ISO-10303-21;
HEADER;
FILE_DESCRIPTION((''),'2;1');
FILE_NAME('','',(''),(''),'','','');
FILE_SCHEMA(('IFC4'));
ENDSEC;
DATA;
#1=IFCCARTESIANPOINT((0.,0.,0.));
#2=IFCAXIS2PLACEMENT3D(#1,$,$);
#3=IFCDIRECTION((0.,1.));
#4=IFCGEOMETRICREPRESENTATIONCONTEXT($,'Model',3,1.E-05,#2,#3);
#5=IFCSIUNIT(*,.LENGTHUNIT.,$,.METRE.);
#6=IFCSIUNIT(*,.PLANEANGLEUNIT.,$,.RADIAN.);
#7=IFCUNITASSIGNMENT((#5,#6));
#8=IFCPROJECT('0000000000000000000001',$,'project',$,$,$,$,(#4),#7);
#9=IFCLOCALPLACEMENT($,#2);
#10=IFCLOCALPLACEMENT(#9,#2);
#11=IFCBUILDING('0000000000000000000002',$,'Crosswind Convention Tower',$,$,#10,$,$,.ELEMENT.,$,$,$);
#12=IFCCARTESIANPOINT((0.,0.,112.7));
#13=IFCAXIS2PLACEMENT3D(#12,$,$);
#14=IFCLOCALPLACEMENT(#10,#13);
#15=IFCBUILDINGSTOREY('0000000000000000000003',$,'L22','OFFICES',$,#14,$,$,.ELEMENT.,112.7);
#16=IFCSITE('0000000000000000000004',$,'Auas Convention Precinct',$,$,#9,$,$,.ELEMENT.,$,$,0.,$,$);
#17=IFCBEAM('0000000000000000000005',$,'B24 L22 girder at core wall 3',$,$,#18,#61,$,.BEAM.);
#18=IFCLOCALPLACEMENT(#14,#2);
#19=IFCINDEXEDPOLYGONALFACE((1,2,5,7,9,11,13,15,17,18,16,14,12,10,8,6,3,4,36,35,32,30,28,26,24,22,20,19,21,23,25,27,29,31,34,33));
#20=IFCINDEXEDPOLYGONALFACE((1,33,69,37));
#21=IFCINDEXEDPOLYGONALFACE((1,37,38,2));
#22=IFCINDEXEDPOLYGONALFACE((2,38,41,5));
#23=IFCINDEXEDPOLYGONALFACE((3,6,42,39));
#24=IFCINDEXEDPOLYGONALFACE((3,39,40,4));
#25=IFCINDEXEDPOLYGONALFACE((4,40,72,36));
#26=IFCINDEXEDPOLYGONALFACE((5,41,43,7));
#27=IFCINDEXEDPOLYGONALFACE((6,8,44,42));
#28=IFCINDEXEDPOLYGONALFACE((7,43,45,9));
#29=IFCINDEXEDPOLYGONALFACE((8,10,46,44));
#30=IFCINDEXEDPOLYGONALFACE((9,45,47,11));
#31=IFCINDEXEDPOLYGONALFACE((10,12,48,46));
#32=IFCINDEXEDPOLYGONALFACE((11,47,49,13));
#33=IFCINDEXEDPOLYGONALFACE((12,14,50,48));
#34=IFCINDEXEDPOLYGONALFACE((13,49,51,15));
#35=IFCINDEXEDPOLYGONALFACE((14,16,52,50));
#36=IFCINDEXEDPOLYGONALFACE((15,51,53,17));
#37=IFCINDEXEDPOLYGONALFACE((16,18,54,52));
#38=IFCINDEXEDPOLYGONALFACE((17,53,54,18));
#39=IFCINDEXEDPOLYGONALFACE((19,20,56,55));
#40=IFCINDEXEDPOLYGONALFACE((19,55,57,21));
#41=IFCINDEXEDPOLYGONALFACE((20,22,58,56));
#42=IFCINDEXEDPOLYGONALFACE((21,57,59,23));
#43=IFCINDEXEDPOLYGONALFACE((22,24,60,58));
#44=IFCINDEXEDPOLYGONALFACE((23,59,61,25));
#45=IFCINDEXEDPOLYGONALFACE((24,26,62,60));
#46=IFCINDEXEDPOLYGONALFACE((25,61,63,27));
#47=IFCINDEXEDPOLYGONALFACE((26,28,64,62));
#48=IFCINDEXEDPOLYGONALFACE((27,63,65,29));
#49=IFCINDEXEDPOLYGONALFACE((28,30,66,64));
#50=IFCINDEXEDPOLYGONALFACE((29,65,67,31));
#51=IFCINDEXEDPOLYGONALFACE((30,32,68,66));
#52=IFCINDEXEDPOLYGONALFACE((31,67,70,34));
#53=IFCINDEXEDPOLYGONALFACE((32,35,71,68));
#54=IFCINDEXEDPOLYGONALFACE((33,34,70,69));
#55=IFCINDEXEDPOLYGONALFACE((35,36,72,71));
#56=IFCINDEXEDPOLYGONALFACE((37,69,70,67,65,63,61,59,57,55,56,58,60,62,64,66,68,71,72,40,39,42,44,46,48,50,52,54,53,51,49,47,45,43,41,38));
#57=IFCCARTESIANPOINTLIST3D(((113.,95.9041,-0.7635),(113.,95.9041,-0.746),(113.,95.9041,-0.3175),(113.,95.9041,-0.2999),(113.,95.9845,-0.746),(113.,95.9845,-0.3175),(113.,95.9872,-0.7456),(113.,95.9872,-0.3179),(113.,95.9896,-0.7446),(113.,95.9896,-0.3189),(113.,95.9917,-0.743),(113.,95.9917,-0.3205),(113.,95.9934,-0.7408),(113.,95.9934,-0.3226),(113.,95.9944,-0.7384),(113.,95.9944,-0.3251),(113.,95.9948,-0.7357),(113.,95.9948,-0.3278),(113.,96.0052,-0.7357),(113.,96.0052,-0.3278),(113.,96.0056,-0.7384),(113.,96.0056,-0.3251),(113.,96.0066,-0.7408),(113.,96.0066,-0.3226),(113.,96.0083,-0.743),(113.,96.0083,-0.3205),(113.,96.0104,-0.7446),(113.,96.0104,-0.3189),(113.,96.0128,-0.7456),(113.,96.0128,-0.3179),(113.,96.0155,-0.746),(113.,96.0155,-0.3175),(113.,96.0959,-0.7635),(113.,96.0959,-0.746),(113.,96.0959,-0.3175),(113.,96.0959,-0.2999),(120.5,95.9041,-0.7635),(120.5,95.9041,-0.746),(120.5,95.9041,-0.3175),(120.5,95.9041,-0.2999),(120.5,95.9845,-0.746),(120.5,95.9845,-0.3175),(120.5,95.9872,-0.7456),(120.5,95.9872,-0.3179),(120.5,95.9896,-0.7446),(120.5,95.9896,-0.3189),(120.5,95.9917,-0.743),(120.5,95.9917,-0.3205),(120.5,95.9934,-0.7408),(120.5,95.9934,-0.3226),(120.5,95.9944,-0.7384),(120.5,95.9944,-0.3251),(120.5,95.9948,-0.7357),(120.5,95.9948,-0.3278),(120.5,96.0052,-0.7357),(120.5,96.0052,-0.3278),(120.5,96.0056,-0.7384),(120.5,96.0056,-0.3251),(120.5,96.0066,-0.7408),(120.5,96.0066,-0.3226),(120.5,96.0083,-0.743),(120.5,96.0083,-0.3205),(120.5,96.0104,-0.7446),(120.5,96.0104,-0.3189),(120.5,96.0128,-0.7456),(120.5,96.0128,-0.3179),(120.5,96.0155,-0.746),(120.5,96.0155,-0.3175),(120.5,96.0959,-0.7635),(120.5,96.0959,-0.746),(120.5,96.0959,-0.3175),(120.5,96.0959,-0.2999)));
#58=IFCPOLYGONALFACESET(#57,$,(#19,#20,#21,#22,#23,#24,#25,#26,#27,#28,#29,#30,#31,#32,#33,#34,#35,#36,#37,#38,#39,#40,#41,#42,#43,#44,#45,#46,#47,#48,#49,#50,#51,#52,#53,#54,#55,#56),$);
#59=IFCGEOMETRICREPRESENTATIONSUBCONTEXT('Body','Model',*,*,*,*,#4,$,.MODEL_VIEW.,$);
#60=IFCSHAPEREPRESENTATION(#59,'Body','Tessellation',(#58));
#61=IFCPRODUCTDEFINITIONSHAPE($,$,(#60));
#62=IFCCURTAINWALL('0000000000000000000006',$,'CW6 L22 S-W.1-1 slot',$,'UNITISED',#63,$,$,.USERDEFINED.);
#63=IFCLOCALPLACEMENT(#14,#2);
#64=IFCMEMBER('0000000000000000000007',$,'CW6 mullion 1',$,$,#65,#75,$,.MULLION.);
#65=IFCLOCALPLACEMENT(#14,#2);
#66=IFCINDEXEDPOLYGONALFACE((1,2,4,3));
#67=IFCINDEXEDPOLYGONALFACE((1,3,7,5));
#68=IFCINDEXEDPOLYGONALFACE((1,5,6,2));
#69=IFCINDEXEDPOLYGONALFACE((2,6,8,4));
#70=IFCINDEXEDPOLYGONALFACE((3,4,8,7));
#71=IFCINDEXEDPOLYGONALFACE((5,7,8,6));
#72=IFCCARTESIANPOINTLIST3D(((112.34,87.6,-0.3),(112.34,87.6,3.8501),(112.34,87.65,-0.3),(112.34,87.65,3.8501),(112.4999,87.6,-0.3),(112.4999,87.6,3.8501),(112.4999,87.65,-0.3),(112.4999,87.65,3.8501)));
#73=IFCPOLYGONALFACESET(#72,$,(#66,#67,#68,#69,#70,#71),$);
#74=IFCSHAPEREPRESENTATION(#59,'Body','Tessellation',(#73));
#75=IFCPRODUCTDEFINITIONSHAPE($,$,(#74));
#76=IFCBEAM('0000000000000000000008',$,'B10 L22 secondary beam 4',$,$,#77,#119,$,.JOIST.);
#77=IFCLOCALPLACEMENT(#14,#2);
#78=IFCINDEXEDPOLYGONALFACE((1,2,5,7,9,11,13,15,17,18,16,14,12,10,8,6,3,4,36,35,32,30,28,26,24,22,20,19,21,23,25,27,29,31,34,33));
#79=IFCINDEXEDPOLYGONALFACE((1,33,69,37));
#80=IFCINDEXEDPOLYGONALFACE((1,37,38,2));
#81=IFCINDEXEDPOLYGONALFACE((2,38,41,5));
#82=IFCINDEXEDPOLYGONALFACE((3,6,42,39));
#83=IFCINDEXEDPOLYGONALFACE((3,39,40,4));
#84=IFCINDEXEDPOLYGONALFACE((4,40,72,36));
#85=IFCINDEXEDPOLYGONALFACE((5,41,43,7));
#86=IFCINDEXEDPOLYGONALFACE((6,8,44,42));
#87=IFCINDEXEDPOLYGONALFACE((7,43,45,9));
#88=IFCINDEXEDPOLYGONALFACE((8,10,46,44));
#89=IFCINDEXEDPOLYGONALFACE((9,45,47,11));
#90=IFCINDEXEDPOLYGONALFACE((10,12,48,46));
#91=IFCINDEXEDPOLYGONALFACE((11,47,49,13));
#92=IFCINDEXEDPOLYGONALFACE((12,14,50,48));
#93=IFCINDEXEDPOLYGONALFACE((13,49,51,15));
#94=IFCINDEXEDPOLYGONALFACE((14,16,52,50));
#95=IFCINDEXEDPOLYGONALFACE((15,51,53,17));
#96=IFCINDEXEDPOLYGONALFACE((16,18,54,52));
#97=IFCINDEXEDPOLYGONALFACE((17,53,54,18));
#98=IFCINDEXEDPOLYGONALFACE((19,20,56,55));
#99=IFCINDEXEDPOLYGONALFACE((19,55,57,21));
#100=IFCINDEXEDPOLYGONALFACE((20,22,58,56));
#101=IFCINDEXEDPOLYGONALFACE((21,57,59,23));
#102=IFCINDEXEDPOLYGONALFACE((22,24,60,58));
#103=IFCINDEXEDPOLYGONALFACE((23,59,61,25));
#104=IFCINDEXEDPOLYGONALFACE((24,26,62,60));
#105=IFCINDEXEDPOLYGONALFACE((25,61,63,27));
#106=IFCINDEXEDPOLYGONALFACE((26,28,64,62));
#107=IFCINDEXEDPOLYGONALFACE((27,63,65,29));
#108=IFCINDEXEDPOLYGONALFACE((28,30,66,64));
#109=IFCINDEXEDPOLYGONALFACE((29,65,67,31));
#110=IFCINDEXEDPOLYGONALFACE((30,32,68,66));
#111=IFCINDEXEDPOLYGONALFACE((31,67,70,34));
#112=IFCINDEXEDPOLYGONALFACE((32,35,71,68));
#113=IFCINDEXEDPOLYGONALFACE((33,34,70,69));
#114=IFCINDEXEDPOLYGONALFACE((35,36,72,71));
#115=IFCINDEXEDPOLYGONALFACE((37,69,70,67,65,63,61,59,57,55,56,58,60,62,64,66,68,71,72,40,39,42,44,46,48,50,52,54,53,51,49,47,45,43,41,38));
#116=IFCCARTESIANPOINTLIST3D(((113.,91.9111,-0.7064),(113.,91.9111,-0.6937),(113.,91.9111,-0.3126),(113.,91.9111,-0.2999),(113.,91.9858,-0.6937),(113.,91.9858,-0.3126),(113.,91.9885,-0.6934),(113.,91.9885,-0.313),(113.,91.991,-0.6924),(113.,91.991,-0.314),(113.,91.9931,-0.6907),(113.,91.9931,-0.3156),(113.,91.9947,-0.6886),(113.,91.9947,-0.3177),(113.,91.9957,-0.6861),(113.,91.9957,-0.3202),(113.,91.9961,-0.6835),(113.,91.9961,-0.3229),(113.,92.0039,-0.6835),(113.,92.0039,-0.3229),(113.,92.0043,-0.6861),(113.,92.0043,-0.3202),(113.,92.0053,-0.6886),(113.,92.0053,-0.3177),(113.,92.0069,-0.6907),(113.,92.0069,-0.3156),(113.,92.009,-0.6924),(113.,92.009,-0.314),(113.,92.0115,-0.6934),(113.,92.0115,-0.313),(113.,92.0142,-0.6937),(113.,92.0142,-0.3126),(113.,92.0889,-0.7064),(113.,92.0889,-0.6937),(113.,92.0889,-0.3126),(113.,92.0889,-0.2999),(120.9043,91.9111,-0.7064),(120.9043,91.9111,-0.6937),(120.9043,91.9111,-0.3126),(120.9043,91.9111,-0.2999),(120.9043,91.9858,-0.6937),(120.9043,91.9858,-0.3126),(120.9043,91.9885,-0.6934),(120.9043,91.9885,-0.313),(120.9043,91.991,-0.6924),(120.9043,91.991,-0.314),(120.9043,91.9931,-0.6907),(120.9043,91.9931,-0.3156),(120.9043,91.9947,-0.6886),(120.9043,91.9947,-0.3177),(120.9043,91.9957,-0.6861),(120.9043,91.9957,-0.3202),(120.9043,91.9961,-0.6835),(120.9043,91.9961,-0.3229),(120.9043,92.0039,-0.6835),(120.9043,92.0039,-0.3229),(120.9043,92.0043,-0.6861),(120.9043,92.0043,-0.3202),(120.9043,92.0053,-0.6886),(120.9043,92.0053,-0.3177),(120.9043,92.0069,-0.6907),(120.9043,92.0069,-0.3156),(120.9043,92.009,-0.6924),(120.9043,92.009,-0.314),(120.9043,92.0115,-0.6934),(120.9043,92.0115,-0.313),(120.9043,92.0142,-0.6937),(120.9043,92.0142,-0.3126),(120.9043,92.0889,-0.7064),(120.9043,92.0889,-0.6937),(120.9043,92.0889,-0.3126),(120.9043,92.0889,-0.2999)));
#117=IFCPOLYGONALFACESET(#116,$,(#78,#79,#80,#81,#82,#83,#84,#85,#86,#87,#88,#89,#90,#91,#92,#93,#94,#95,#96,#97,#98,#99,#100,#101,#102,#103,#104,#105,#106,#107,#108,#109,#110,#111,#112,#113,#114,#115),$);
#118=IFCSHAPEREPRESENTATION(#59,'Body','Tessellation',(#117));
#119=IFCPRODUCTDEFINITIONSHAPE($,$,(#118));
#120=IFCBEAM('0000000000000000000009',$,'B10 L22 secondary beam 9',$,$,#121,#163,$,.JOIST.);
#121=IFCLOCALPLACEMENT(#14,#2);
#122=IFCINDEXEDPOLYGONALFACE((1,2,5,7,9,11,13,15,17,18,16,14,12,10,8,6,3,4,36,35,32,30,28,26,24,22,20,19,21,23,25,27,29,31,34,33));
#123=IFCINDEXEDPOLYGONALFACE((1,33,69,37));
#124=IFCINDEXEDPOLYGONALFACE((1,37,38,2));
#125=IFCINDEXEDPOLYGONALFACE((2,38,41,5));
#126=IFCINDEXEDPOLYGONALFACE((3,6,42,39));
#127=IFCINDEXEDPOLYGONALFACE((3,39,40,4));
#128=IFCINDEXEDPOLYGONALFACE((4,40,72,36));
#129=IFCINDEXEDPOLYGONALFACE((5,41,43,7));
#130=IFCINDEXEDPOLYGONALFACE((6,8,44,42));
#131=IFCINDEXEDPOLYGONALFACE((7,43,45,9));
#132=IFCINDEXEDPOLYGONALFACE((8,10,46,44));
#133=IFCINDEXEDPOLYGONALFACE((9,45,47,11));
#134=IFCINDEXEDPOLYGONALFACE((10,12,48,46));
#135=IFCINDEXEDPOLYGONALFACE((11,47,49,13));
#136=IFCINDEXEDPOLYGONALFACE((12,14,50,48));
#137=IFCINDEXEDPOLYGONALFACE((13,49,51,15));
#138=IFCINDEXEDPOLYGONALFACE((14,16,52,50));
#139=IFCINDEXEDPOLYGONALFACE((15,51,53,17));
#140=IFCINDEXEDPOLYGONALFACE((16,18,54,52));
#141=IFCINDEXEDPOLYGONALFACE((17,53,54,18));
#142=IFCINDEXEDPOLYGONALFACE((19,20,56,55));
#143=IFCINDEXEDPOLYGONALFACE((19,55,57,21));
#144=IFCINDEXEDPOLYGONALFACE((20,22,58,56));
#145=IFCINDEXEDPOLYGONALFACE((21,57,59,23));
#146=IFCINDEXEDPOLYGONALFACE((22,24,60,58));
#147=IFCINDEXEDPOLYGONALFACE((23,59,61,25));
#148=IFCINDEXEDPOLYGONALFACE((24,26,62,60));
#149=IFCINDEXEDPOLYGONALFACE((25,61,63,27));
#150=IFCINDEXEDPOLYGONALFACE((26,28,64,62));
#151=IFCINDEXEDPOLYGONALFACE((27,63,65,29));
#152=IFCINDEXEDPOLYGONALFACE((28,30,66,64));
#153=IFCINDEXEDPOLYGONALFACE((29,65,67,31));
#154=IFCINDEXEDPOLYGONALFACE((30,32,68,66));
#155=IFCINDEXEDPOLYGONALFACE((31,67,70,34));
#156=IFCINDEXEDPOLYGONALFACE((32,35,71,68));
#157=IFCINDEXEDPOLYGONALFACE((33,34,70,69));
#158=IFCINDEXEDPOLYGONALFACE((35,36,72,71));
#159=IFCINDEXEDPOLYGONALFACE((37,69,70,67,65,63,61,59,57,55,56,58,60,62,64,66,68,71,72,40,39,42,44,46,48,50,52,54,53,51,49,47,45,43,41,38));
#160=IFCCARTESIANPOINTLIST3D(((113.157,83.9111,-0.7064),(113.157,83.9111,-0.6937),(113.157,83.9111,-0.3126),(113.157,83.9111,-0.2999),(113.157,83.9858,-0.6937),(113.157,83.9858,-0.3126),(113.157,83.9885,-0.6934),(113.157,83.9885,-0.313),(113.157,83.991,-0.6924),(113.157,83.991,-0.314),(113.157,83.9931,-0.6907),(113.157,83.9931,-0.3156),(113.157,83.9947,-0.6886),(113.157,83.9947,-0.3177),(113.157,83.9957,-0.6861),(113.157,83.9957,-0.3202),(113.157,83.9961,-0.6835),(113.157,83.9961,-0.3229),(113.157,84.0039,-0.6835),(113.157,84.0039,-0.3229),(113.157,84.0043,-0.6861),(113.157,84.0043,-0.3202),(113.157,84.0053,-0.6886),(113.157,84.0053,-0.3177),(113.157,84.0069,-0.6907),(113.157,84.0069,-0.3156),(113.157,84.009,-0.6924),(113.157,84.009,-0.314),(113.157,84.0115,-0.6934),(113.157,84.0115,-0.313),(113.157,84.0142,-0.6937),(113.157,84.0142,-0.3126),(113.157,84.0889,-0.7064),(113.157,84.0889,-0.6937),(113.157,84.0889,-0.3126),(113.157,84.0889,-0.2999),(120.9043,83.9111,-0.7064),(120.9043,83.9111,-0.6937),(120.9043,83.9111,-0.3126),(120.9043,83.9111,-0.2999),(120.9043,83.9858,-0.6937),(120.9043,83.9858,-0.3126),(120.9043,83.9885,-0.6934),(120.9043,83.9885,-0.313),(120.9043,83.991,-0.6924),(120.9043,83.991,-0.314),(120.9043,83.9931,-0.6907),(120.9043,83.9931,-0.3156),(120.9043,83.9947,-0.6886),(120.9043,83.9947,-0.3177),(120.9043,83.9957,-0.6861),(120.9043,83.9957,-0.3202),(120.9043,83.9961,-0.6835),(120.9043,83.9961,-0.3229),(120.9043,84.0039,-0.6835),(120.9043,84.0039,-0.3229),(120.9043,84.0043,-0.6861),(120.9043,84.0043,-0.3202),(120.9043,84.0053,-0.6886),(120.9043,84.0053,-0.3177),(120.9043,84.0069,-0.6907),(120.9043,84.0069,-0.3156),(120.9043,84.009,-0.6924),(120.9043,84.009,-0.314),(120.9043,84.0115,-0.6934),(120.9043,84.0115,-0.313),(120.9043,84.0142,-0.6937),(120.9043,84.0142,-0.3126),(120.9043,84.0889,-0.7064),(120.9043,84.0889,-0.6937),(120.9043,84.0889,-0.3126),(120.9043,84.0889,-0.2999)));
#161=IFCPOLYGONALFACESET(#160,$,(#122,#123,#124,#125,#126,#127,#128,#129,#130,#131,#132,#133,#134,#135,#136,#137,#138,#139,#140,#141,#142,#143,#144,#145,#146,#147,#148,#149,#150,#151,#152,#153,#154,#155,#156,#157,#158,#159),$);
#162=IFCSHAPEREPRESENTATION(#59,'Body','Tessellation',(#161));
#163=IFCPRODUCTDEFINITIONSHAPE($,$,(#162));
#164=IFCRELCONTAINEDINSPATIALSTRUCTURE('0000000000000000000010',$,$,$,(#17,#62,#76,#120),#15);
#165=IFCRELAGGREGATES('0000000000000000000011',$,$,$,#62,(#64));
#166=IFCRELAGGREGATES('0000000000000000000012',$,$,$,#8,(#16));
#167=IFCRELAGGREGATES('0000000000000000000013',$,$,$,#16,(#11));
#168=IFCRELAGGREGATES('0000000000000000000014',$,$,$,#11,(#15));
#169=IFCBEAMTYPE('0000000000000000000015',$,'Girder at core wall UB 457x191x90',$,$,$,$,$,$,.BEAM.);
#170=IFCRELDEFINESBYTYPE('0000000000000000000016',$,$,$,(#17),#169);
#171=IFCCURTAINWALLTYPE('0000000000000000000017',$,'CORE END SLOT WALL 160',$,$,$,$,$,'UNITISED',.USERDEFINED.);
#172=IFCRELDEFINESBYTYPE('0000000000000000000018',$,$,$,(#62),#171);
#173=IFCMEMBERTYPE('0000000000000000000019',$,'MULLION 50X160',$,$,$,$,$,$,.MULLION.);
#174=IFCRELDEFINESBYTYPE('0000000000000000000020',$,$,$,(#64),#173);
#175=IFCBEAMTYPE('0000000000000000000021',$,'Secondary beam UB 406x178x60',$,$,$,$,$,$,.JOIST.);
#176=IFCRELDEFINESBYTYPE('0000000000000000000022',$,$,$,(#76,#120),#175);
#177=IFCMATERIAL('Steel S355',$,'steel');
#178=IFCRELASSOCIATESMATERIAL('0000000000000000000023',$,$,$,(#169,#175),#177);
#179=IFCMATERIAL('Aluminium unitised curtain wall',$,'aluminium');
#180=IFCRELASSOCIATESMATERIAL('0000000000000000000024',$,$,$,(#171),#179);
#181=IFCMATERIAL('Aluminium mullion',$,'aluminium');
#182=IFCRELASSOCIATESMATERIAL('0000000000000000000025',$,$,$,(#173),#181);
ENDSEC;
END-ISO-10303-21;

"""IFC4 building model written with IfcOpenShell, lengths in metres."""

from ifc_helpers import new_model, si_unit, direction, frame, origin, origin_2d, place, context, subcontext, project, spatial, rectangle, i_section, extrude, material, material_profile, profile_set, type_object, element, aggregate, save


model = new_model("IFC4")

# Units and contexts
model_context = context("Model", 3, precision=1e-05, world=origin(), true_north=direction((0.0, 1.0)))
body_context = subcontext(model_context, "Body", "Model", "MODEL_VIEW")
ifc_project = project(units=[si_unit("LENGTHUNIT", "METRE"), si_unit("PLANEANGLEUNIT", "RADIAN")], contexts=[model_context])

# Site, building, storey
site_placement = place(None, origin())
site = spatial("IfcSite", under=ifc_project, at=site_placement, Name="Auas Convention Precinct", CompositionType="ELEMENT", RefElevation=0.0)
building_placement = place(site_placement, origin())
building = spatial("IfcBuilding", under=site, at=building_placement, Name="Crosswind Convention Tower", CompositionType="ELEMENT")
storey_placement = place(building_placement, frame((0.0, 0.0, 112.7)))
storey = spatial("IfcBuildingStorey", under=building, at=storey_placement, Name="L22", Description="OFFICES", CompositionType="ELEMENT", Elevation=112.7)

# Beam
ifc_material_1 = material(Name="Steel S355", Category="steel")
ifc_material_profile_1 = material_profile(ifc_material_1, i_section(OverallWidth=0.1919, OverallDepth=0.4636, WebThickness=0.0105, FlangeThickness=0.0176, FilletRadius=0.0103, at=origin_2d()), Name="UB 457x191x90")
ifc_profile_set_1 = profile_set([ifc_material_profile_1], Name="Steel S355")
beam_type_1 = type_object("IfcBeamType", Name="Girder at core wall UB 457x191x90", PredefinedType="BEAM", material=ifc_profile_set_1)
beam_1_placement = place(storey_placement, frame((113.0, 96.0, -0.5317), z_axis=(1.0, 0.0, 0.0), x_axis=(0.0, 1.0, 0.0)))
element("IfcBeam", 1, at=beam_1_placement, inside=storey, type_object=beam_type_1, Name="B24 L22 girder at core wall 3", PredefinedType="BEAM", context=body_context, shape_type="SweptSolid", body=[
    extrude(i_section(OverallWidth=0.1919, OverallDepth=0.4636, WebThickness=0.0105, FlangeThickness=0.0176, FilletRadius=0.0103, at=origin_2d()), origin(), (0.0, 0.0, 1.0), 7.5),
])

# Curtain wall, member
ifc_material_2 = material(Name="Aluminium unitised curtain wall", Category="aluminium")
curtain_wall_type = type_object("IfcCurtainWallType", Name="CORE END SLOT WALL 160", ElementType="UNITISED", PredefinedType="USERDEFINED", material=ifc_material_2)
curtain_wall_placement = place(storey_placement, origin())
curtain_wall = element("IfcCurtainWall", 2, at=curtain_wall_placement, inside=storey, type_object=curtain_wall_type, Name="CW6 L22 S-W.1-1 slot", ObjectType="UNITISED", PredefinedType="USERDEFINED")
ifc_material_3 = material(Name="Aluminium mullion", Category="aluminium")
ifc_material_profile_2 = material_profile(ifc_material_3, rectangle(XDim=0.1599, YDim=0.05, at=origin_2d()), Name="AL 160X50")
ifc_profile_set_2 = profile_set([ifc_material_profile_2], Name="Aluminium mullion")
member_type_1 = type_object("IfcMemberType", Name="MULLION 50X160", PredefinedType="MULLION", material=ifc_profile_set_2)
member_1_placement = place(storey_placement, frame((112.4199, 87.625, -0.3), z_axis=(0.0, 0.0, 1.0), x_axis=(-1.0, 0.0, 0.0)))
member_1 = element("IfcMember", 3, at=member_1_placement, type_object=member_type_1, Name="CW6 mullion 1", PredefinedType="MULLION", context=body_context, shape_type="SweptSolid", body=[
    extrude(rectangle(XDim=0.1599, YDim=0.05, at=origin_2d()), origin(), (0.0, 0.0, 1.0), 4.1501),
])

# Beams
ifc_material_profile_3 = material_profile(ifc_material_1, i_section(OverallWidth=0.1777, OverallDepth=0.4065, WebThickness=0.0078, FlangeThickness=0.0127, FilletRadius=0.0103, at=origin_2d()), Name="UB 406x178x60")
ifc_profile_set_3 = profile_set([ifc_material_profile_3], Name="Steel S355")
beam_type_2 = type_object("IfcBeamType", Name="Secondary beam UB 406x178x60", PredefinedType="JOIST", material=ifc_profile_set_3)
beam_2_placement = place(storey_placement, frame((113.0, 92.0, -0.5032), z_axis=(1.0, 0.0, 0.0), x_axis=(0.0, 1.0, 0.0)))
element("IfcBeam", 4, at=beam_2_placement, inside=storey, type_object=beam_type_2, Name="B10 L22 secondary beam 4", PredefinedType="JOIST", context=body_context, shape_type="SweptSolid", body=[
    extrude(i_section(OverallWidth=0.1777, OverallDepth=0.4065, WebThickness=0.0078, FlangeThickness=0.0127, FilletRadius=0.0103, at=origin_2d()), origin(), (0.0, 0.0, 1.0), 7.9043),
])
beam_3_placement = place(storey_placement, frame((113.157, 84.0, -0.5032), z_axis=(1.0, 0.0, 0.0), x_axis=(0.0, 1.0, 0.0)))
element("IfcBeam", 5, at=beam_3_placement, inside=storey, type_object=beam_type_2, Name="B10 L22 secondary beam 9", PredefinedType="JOIST", context=body_context, shape_type="SweptSolid", body=[
    extrude(i_section(OverallWidth=0.1777, OverallDepth=0.4065, WebThickness=0.0078, FlangeThickness=0.0127, FilletRadius=0.0103, at=origin_2d()), origin(), (0.0, 0.0, 1.0), 7.7473),
])

aggregate(curtain_wall, [member_1])

save(model, "model.ifc")
